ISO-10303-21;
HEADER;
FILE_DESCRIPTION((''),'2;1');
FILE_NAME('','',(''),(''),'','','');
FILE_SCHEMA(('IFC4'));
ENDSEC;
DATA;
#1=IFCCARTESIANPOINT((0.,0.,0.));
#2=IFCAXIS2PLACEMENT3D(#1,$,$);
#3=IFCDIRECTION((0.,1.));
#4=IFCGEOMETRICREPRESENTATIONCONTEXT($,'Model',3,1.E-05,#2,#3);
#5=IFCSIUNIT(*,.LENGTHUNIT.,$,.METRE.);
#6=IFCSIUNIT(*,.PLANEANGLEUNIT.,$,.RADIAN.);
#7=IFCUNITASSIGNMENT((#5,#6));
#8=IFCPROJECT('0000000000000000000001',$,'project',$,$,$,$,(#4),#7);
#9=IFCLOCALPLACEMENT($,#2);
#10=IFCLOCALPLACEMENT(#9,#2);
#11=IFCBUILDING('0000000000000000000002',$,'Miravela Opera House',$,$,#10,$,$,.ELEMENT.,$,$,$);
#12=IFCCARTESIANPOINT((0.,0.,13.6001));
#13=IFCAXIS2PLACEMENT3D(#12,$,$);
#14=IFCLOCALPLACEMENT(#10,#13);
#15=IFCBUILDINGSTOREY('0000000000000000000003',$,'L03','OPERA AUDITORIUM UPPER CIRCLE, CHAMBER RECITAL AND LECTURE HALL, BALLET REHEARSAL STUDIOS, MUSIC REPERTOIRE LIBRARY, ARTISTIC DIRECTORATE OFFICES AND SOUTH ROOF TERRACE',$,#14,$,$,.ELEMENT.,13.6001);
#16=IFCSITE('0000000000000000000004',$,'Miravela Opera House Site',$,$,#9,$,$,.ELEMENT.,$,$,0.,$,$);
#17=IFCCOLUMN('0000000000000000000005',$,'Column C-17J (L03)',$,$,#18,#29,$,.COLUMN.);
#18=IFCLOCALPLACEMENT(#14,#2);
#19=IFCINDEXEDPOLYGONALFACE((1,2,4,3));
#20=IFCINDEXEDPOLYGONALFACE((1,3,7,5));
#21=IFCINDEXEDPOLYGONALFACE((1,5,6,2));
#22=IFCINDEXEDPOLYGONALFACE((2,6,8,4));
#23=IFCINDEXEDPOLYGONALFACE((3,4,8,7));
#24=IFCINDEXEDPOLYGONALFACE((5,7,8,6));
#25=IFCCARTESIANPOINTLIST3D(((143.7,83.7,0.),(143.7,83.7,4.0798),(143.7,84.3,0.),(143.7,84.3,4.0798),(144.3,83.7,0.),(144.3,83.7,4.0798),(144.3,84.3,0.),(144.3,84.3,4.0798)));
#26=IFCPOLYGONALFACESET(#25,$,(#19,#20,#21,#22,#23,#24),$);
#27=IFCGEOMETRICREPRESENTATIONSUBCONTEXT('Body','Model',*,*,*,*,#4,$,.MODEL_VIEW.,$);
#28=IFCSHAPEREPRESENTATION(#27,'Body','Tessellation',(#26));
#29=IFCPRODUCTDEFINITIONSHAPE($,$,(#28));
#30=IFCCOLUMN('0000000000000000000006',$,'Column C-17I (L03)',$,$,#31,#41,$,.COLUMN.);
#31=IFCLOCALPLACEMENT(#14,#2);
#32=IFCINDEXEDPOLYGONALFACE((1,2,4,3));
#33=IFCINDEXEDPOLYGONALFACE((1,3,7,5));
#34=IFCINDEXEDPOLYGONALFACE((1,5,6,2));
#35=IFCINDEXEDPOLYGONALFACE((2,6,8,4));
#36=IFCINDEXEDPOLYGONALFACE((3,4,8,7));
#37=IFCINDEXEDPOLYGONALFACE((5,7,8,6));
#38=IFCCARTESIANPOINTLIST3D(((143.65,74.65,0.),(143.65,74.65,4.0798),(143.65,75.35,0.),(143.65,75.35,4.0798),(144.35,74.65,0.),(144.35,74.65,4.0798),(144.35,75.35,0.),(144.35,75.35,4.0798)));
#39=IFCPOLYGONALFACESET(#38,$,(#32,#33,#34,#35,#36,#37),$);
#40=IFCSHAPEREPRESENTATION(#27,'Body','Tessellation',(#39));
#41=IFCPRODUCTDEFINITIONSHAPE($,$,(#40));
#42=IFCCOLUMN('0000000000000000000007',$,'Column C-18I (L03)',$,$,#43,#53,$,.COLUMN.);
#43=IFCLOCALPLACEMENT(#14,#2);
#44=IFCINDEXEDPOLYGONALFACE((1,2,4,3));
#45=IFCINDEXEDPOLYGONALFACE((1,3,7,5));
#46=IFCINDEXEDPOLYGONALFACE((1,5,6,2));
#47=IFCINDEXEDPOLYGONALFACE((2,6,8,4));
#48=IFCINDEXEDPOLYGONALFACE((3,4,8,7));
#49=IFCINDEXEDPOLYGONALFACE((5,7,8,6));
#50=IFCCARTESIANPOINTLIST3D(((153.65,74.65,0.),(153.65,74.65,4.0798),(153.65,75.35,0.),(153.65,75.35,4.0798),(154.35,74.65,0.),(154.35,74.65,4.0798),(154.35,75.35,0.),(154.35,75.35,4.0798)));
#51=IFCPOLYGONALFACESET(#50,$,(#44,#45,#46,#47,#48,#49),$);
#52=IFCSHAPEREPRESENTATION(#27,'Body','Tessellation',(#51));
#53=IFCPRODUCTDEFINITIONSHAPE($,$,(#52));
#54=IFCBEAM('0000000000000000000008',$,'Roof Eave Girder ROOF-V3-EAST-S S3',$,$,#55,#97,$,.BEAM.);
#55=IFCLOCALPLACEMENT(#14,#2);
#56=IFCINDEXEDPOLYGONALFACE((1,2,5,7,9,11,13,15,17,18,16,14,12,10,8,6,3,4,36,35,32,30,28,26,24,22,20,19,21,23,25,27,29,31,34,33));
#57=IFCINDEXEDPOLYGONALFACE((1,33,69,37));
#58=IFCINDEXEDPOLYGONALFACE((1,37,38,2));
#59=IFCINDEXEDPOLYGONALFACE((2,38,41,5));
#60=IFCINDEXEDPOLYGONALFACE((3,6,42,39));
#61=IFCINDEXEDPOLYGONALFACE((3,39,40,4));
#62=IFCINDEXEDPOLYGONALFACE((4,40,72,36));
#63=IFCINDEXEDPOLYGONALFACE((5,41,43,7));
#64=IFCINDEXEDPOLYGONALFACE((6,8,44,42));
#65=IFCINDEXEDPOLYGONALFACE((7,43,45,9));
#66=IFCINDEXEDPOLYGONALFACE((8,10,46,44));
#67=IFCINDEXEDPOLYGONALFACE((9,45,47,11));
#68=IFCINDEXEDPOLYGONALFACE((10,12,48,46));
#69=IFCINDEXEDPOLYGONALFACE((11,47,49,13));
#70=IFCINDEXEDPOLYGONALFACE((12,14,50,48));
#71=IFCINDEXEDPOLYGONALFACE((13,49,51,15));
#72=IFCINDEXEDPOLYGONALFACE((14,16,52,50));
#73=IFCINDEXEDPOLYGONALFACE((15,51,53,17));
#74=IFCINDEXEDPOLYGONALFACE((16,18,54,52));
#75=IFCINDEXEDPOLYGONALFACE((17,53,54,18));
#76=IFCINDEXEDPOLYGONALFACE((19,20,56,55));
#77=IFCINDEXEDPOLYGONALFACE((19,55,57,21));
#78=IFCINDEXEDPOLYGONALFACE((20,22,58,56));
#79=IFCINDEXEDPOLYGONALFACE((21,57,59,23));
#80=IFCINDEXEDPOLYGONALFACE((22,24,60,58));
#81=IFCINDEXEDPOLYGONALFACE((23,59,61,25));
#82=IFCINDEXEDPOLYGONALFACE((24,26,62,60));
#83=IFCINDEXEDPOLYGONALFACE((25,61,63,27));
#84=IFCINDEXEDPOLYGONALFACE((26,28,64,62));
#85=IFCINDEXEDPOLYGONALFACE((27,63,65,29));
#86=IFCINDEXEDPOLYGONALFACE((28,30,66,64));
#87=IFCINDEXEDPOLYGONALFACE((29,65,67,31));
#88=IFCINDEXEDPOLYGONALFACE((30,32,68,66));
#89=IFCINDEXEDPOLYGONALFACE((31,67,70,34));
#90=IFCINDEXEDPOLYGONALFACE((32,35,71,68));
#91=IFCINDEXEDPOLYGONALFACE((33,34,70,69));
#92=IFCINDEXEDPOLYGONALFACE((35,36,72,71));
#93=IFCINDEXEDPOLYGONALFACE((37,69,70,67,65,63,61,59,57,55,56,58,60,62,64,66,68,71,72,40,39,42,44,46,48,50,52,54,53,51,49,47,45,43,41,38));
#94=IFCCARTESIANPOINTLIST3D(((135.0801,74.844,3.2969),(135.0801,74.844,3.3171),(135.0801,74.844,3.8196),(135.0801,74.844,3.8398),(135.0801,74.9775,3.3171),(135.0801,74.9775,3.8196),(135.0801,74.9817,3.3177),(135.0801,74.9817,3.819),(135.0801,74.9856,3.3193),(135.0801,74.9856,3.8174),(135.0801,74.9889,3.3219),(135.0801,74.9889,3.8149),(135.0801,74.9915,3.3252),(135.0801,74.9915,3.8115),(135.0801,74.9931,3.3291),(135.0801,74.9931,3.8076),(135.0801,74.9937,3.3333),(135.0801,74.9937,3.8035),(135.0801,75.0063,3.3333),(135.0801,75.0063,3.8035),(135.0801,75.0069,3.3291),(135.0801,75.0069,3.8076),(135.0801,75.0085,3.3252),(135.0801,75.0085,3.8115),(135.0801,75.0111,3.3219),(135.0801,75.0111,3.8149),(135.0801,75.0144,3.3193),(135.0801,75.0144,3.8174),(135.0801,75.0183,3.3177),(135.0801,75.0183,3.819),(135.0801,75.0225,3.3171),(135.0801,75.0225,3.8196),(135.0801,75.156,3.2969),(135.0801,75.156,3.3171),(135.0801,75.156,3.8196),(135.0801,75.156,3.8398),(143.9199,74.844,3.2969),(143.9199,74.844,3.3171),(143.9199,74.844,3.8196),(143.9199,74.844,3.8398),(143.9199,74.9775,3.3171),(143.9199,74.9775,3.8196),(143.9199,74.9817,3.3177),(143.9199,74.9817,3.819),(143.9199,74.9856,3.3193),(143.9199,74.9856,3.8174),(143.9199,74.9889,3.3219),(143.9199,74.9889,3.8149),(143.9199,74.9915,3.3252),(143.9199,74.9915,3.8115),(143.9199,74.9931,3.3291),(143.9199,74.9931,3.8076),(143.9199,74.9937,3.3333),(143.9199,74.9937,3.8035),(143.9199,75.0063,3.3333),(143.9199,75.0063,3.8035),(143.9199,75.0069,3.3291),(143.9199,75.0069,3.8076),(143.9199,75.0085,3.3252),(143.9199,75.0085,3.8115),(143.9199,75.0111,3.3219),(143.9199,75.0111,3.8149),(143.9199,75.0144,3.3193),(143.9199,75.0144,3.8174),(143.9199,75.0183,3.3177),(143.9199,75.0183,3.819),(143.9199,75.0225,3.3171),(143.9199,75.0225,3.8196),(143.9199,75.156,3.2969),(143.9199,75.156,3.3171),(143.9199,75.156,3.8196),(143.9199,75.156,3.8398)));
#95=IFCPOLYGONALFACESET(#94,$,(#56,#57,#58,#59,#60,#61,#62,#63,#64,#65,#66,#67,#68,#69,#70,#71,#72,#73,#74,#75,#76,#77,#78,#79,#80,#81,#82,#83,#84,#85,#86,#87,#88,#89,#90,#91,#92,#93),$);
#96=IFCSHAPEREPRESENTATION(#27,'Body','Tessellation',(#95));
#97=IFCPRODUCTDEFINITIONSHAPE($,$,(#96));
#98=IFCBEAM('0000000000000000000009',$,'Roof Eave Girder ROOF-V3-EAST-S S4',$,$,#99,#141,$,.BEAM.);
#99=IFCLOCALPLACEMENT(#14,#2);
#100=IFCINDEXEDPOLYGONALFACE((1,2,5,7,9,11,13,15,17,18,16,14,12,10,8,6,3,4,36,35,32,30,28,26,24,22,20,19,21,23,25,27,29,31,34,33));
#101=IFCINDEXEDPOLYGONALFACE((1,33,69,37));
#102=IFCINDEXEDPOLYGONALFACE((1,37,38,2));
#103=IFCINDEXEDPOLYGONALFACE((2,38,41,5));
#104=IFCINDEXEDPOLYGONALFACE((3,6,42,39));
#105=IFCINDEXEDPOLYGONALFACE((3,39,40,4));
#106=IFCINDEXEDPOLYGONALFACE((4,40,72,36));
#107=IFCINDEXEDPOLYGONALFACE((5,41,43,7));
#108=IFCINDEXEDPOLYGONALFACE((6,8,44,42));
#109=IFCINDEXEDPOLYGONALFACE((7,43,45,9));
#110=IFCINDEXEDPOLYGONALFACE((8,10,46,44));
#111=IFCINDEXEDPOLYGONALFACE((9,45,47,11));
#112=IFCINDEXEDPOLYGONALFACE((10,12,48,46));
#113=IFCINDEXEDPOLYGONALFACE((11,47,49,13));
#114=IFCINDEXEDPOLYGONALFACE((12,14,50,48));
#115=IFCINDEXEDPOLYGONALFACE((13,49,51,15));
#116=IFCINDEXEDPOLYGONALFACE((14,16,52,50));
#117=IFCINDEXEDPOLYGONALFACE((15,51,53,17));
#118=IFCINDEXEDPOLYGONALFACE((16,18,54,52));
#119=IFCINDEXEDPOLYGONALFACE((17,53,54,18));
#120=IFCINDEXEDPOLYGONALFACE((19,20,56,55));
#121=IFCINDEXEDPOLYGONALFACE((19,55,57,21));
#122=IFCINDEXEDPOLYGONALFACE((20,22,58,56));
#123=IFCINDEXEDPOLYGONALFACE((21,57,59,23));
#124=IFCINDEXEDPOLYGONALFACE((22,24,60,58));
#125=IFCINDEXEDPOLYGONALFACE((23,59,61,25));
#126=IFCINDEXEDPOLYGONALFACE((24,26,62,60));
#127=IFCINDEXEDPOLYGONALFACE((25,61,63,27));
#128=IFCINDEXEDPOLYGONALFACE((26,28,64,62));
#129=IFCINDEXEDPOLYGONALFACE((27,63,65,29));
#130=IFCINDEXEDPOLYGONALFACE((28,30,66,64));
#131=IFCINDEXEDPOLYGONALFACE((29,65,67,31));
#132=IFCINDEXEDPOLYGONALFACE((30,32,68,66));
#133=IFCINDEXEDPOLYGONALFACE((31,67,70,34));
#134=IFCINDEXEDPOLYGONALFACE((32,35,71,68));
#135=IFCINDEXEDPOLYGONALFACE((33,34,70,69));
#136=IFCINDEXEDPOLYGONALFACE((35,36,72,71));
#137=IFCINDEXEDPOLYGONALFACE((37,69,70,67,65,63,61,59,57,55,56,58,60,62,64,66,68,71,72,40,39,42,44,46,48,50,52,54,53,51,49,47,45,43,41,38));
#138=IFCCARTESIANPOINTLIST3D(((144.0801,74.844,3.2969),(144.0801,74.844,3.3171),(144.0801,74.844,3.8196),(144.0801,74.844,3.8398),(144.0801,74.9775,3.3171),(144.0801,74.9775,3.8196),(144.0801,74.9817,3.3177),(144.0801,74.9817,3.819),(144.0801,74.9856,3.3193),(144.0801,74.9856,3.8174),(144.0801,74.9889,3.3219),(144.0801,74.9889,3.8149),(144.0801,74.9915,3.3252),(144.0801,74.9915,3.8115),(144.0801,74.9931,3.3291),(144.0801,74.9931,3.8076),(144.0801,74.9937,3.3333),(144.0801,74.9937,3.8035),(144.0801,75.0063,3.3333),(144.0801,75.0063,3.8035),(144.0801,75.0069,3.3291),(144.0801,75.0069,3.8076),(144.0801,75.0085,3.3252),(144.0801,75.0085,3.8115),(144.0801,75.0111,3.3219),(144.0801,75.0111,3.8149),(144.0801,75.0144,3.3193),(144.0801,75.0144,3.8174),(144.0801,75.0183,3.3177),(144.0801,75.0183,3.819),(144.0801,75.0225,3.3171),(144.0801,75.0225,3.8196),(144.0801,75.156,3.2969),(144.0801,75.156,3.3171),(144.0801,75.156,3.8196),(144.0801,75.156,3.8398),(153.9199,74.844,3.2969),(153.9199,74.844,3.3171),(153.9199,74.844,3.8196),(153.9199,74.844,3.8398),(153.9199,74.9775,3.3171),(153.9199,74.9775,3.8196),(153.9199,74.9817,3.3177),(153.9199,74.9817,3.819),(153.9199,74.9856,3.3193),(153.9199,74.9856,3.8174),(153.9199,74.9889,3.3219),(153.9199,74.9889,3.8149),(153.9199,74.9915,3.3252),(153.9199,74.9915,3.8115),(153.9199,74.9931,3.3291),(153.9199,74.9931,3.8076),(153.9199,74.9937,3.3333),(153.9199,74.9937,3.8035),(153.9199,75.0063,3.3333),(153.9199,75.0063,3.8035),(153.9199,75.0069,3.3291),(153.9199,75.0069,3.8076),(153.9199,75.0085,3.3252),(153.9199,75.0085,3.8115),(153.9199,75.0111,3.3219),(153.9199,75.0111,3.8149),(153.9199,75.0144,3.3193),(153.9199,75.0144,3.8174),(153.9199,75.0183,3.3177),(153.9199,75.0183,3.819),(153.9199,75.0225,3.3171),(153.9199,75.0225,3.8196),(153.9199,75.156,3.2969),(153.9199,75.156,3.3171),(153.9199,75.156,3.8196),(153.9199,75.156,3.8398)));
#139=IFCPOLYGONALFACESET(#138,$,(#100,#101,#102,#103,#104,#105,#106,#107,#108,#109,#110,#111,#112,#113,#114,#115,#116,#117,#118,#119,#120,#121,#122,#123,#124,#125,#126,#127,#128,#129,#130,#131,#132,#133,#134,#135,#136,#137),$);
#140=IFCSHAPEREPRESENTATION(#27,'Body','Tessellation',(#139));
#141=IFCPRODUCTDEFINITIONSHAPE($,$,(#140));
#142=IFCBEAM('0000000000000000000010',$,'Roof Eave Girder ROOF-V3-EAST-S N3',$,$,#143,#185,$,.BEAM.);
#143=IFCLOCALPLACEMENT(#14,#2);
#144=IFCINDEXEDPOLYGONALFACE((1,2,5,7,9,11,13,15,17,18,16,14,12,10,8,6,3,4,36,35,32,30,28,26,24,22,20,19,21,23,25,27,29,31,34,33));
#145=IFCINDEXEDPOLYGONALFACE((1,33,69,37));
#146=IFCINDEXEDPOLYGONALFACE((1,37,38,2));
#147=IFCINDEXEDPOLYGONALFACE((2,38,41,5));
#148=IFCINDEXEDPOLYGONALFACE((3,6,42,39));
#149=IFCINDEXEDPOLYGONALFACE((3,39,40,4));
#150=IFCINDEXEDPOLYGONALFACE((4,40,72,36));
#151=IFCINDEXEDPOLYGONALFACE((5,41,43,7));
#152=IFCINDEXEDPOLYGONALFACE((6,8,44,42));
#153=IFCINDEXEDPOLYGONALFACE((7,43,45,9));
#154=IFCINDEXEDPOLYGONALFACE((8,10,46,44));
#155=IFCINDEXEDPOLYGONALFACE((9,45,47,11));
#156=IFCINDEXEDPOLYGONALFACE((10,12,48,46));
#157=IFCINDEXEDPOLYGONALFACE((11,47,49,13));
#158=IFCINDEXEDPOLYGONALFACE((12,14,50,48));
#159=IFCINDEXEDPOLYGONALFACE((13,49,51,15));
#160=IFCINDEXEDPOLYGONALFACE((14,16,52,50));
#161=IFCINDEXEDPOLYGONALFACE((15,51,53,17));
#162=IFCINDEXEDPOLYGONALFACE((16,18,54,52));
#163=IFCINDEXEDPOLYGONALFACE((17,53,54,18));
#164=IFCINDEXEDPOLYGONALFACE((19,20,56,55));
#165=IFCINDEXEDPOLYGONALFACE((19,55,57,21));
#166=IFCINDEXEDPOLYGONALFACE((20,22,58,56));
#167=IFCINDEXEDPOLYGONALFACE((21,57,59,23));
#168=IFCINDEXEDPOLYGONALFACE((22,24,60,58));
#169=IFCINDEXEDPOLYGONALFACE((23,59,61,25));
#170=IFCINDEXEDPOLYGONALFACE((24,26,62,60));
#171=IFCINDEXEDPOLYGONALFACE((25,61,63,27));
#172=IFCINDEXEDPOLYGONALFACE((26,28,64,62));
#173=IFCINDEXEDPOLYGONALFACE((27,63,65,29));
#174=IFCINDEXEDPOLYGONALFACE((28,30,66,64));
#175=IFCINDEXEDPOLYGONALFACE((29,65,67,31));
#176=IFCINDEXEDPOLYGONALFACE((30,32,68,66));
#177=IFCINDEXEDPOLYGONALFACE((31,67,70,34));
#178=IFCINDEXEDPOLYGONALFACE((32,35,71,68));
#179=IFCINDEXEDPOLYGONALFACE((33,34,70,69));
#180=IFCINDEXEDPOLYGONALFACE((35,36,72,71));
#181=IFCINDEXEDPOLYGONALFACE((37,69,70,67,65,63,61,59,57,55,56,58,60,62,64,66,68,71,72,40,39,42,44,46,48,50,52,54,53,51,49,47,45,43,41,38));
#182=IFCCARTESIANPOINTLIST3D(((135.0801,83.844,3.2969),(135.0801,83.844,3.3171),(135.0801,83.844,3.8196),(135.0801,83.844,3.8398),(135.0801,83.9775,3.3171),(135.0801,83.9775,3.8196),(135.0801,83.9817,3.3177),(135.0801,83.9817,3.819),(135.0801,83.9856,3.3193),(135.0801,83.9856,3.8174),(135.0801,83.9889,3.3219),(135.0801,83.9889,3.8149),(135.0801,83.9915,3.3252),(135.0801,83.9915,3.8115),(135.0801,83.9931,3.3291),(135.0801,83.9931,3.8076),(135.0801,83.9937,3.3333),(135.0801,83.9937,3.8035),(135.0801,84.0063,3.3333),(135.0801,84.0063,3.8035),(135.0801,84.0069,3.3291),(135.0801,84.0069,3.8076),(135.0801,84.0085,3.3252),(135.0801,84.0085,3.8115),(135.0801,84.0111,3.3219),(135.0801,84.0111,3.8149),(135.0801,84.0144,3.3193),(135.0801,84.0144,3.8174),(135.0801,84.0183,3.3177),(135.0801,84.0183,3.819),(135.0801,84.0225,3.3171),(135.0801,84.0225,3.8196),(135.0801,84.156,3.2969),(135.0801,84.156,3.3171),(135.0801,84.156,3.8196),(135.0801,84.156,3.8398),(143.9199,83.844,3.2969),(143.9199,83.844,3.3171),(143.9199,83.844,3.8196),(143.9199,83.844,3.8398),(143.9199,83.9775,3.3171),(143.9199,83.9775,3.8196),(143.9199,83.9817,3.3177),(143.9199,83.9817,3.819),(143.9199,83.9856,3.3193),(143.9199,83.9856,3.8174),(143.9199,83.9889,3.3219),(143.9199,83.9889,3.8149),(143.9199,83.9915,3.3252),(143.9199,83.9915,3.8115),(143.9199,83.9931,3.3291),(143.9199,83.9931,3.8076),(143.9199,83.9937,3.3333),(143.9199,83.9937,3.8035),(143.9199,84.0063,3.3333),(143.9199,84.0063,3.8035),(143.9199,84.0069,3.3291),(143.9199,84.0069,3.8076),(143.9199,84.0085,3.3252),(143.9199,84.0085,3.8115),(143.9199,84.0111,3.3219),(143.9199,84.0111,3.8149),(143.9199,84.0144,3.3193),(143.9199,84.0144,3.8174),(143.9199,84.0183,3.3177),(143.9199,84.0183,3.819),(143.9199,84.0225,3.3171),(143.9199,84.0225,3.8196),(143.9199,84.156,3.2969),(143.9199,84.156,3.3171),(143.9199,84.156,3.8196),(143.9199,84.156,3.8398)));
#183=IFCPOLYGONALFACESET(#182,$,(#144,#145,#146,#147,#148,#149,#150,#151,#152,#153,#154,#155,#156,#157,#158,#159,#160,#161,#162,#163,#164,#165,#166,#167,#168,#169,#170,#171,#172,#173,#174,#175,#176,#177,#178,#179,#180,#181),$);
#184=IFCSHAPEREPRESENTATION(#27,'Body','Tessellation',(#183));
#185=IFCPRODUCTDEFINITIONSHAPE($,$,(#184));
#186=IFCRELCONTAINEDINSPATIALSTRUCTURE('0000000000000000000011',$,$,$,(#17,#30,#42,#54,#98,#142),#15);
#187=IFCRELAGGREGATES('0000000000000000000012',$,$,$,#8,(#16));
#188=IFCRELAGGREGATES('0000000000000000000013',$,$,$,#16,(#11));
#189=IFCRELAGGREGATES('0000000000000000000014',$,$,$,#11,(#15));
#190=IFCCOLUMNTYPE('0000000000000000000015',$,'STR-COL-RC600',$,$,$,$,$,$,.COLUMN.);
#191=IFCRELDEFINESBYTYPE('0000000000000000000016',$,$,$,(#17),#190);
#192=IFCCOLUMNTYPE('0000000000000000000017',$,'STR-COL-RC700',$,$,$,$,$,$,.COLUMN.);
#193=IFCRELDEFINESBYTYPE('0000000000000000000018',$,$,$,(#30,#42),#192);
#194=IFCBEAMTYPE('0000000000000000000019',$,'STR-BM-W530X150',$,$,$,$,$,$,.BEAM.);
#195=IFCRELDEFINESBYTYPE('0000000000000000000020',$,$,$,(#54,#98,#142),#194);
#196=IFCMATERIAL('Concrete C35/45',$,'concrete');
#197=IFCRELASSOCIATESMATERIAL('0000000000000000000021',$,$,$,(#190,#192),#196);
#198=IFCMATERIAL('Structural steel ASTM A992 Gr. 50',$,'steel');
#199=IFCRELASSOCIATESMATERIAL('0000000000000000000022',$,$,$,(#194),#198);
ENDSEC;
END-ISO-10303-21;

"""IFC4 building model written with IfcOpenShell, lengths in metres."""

from ifc_helpers import new_model, si_unit, direction, frame, origin, origin_2d, place, context, subcontext, project, spatial, rectangle, i_section, extrude, material, material_profile, profile_set, type_object, element, save


model = new_model("IFC4")

# Units and contexts
model_context = context("Model", 3, precision=1e-05, world=origin(), true_north=direction((0.0, 1.0)))
body_context = subcontext(model_context, "Body", "Model", "MODEL_VIEW")
ifc_project = project(units=[si_unit("LENGTHUNIT", "METRE"), si_unit("PLANEANGLEUNIT", "RADIAN")], contexts=[model_context])

# Site, building, storey
site_placement = place(None, origin())
site = spatial("IfcSite", under=ifc_project, at=site_placement, Name="Miravela Opera House Site", CompositionType="ELEMENT", RefElevation=0.0)
building_placement = place(site_placement, origin())
building = spatial("IfcBuilding", under=site, at=building_placement, Name="Miravela Opera House", CompositionType="ELEMENT")
storey_placement = place(building_placement, frame((0.0, 0.0, 13.6001)))
storey = spatial("IfcBuildingStorey", under=building, at=storey_placement, Name="L03", Description="OPERA AUDITORIUM UPPER CIRCLE, CHAMBER RECITAL AND LECTURE HALL, BALLET REHEARSAL STUDIOS, MUSIC REPERTOIRE LIBRARY, ARTISTIC DIRECTORATE OFFICES AND SOUTH ROOF TERRACE", CompositionType="ELEMENT", Elevation=13.6001)

# Columns
ifc_material_1 = material(Name="Concrete C35/45", Category="concrete")
ifc_material_profile_1 = material_profile(ifc_material_1, rectangle(XDim=0.6001, YDim=0.6001, at=origin_2d()), Name="RC-COL-600X600")
ifc_profile_set_1 = profile_set([ifc_material_profile_1])
column_type_1 = type_object("IfcColumnType", Name="STR-COL-RC600", PredefinedType="COLUMN", material=ifc_profile_set_1)
column_placement = place(storey_placement, frame((144.0, 84.0, 0.0), z_axis=(0.0, 0.0, 1.0), x_axis=(1.0, 0.0, 0.0)))
element("IfcColumn", 1, at=column_placement, inside=storey, type_object=column_type_1, Name="Column C-17J (L03)", PredefinedType="COLUMN", context=body_context, shape_type="SweptSolid", body=[
    extrude(rectangle(XDim=0.6001, YDim=0.6001, at=origin_2d()), origin(), (0.0, 0.0, 1.0), 4.0798),
])
ifc_material_profile_2 = material_profile(ifc_material_1, rectangle(XDim=0.7, YDim=0.7, at=origin_2d()), Name="RC-COL-700X700")
ifc_profile_set_2 = profile_set([ifc_material_profile_2])
column_type_2 = type_object("IfcColumnType", Name="STR-COL-RC700", PredefinedType="COLUMN", material=ifc_profile_set_2)
for number, where, z_axis, x_axis, name in (
    (2, (144.0, 75.0, 0.0), (0.0, 0.0, 1.0), (1.0, 0.0, 0.0), "Column C-17I (L03)"),
    (3, (154.0, 75.0, 0.0), (0.0, 0.0, 1.0), (1.0, 0.0, 0.0), "Column C-18I (L03)"),
):
    element("IfcColumn", number, at=place(storey_placement, frame(where, z_axis=z_axis, x_axis=x_axis)), inside=storey, type_object=column_type_2, Name=name, PredefinedType="COLUMN", context=body_context, shape_type="SweptSolid", body=[
        extrude(rectangle(XDim=0.7, YDim=0.7, at=origin_2d()), origin(), (0.0, 0.0, 1.0), 4.0798),
    ])

# Beams
ifc_material_2 = material(Name="Structural steel ASTM A992 Gr. 50", Category="steel")
ifc_material_profile_3 = material_profile(ifc_material_2, i_section(OverallWidth=0.312, OverallDepth=0.543, WebThickness=0.0127, FlangeThickness=0.0203, FilletRadius=0.0161, at=origin_2d()), Name="W530X150")
ifc_profile_set_3 = profile_set([ifc_material_profile_3])
beam_type_1 = type_object("IfcBeamType", Name="STR-BM-W530X150", PredefinedType="BEAM", material=ifc_profile_set_3)
beam_1_placement = place(storey_placement, frame((135.0801, 75.0, 3.5684), z_axis=(1.0, 0.0, 0.0), x_axis=(0.0, 1.0, 0.0)))
element("IfcBeam", 4, at=beam_1_placement, inside=storey, type_object=beam_type_1, Name="Roof Eave Girder ROOF-V3-EAST-S S3", PredefinedType="BEAM", context=body_context, shape_type="SweptSolid", body=[
    extrude(i_section(OverallWidth=0.312, OverallDepth=0.543, WebThickness=0.0127, FlangeThickness=0.0203, FilletRadius=0.0161, at=origin_2d()), origin(), (0.0, 0.0, 1.0), 8.8398),
])
beam_2_placement = place(storey_placement, frame((144.0801, 75.0, 3.5684), z_axis=(1.0, 0.0, 0.0), x_axis=(0.0, 1.0, 0.0)))
element("IfcBeam", 5, at=beam_2_placement, inside=storey, type_object=beam_type_1, Name="Roof Eave Girder ROOF-V3-EAST-S S4", PredefinedType="BEAM", context=body_context, shape_type="SweptSolid", body=[
    extrude(i_section(OverallWidth=0.312, OverallDepth=0.543, WebThickness=0.0127, FlangeThickness=0.0203, FilletRadius=0.0161, at=origin_2d()), origin(), (0.0, 0.0, 1.0), 9.8398),
])
for number, where, z_axis, x_axis, name in (
    (6, (135.0801, 84.0, 3.5684), (1.0, 0.0, 0.0), (0.0, 1.0, 0.0), "Roof Eave Girder ROOF-V3-EAST-S N3"),
):
    element("IfcBeam", number, at=place(storey_placement, frame(where, z_axis=z_axis, x_axis=x_axis)), inside=storey, type_object=beam_type_1, Name=name, PredefinedType="BEAM", context=body_context, shape_type="SweptSolid", body=[
        extrude(i_section(OverallWidth=0.312, OverallDepth=0.543, WebThickness=0.0127, FlangeThickness=0.0203, FilletRadius=0.0161, at=origin_2d()), origin(), (0.0, 0.0, 1.0), 8.8398),
    ])

save(model, "model.ifc")
